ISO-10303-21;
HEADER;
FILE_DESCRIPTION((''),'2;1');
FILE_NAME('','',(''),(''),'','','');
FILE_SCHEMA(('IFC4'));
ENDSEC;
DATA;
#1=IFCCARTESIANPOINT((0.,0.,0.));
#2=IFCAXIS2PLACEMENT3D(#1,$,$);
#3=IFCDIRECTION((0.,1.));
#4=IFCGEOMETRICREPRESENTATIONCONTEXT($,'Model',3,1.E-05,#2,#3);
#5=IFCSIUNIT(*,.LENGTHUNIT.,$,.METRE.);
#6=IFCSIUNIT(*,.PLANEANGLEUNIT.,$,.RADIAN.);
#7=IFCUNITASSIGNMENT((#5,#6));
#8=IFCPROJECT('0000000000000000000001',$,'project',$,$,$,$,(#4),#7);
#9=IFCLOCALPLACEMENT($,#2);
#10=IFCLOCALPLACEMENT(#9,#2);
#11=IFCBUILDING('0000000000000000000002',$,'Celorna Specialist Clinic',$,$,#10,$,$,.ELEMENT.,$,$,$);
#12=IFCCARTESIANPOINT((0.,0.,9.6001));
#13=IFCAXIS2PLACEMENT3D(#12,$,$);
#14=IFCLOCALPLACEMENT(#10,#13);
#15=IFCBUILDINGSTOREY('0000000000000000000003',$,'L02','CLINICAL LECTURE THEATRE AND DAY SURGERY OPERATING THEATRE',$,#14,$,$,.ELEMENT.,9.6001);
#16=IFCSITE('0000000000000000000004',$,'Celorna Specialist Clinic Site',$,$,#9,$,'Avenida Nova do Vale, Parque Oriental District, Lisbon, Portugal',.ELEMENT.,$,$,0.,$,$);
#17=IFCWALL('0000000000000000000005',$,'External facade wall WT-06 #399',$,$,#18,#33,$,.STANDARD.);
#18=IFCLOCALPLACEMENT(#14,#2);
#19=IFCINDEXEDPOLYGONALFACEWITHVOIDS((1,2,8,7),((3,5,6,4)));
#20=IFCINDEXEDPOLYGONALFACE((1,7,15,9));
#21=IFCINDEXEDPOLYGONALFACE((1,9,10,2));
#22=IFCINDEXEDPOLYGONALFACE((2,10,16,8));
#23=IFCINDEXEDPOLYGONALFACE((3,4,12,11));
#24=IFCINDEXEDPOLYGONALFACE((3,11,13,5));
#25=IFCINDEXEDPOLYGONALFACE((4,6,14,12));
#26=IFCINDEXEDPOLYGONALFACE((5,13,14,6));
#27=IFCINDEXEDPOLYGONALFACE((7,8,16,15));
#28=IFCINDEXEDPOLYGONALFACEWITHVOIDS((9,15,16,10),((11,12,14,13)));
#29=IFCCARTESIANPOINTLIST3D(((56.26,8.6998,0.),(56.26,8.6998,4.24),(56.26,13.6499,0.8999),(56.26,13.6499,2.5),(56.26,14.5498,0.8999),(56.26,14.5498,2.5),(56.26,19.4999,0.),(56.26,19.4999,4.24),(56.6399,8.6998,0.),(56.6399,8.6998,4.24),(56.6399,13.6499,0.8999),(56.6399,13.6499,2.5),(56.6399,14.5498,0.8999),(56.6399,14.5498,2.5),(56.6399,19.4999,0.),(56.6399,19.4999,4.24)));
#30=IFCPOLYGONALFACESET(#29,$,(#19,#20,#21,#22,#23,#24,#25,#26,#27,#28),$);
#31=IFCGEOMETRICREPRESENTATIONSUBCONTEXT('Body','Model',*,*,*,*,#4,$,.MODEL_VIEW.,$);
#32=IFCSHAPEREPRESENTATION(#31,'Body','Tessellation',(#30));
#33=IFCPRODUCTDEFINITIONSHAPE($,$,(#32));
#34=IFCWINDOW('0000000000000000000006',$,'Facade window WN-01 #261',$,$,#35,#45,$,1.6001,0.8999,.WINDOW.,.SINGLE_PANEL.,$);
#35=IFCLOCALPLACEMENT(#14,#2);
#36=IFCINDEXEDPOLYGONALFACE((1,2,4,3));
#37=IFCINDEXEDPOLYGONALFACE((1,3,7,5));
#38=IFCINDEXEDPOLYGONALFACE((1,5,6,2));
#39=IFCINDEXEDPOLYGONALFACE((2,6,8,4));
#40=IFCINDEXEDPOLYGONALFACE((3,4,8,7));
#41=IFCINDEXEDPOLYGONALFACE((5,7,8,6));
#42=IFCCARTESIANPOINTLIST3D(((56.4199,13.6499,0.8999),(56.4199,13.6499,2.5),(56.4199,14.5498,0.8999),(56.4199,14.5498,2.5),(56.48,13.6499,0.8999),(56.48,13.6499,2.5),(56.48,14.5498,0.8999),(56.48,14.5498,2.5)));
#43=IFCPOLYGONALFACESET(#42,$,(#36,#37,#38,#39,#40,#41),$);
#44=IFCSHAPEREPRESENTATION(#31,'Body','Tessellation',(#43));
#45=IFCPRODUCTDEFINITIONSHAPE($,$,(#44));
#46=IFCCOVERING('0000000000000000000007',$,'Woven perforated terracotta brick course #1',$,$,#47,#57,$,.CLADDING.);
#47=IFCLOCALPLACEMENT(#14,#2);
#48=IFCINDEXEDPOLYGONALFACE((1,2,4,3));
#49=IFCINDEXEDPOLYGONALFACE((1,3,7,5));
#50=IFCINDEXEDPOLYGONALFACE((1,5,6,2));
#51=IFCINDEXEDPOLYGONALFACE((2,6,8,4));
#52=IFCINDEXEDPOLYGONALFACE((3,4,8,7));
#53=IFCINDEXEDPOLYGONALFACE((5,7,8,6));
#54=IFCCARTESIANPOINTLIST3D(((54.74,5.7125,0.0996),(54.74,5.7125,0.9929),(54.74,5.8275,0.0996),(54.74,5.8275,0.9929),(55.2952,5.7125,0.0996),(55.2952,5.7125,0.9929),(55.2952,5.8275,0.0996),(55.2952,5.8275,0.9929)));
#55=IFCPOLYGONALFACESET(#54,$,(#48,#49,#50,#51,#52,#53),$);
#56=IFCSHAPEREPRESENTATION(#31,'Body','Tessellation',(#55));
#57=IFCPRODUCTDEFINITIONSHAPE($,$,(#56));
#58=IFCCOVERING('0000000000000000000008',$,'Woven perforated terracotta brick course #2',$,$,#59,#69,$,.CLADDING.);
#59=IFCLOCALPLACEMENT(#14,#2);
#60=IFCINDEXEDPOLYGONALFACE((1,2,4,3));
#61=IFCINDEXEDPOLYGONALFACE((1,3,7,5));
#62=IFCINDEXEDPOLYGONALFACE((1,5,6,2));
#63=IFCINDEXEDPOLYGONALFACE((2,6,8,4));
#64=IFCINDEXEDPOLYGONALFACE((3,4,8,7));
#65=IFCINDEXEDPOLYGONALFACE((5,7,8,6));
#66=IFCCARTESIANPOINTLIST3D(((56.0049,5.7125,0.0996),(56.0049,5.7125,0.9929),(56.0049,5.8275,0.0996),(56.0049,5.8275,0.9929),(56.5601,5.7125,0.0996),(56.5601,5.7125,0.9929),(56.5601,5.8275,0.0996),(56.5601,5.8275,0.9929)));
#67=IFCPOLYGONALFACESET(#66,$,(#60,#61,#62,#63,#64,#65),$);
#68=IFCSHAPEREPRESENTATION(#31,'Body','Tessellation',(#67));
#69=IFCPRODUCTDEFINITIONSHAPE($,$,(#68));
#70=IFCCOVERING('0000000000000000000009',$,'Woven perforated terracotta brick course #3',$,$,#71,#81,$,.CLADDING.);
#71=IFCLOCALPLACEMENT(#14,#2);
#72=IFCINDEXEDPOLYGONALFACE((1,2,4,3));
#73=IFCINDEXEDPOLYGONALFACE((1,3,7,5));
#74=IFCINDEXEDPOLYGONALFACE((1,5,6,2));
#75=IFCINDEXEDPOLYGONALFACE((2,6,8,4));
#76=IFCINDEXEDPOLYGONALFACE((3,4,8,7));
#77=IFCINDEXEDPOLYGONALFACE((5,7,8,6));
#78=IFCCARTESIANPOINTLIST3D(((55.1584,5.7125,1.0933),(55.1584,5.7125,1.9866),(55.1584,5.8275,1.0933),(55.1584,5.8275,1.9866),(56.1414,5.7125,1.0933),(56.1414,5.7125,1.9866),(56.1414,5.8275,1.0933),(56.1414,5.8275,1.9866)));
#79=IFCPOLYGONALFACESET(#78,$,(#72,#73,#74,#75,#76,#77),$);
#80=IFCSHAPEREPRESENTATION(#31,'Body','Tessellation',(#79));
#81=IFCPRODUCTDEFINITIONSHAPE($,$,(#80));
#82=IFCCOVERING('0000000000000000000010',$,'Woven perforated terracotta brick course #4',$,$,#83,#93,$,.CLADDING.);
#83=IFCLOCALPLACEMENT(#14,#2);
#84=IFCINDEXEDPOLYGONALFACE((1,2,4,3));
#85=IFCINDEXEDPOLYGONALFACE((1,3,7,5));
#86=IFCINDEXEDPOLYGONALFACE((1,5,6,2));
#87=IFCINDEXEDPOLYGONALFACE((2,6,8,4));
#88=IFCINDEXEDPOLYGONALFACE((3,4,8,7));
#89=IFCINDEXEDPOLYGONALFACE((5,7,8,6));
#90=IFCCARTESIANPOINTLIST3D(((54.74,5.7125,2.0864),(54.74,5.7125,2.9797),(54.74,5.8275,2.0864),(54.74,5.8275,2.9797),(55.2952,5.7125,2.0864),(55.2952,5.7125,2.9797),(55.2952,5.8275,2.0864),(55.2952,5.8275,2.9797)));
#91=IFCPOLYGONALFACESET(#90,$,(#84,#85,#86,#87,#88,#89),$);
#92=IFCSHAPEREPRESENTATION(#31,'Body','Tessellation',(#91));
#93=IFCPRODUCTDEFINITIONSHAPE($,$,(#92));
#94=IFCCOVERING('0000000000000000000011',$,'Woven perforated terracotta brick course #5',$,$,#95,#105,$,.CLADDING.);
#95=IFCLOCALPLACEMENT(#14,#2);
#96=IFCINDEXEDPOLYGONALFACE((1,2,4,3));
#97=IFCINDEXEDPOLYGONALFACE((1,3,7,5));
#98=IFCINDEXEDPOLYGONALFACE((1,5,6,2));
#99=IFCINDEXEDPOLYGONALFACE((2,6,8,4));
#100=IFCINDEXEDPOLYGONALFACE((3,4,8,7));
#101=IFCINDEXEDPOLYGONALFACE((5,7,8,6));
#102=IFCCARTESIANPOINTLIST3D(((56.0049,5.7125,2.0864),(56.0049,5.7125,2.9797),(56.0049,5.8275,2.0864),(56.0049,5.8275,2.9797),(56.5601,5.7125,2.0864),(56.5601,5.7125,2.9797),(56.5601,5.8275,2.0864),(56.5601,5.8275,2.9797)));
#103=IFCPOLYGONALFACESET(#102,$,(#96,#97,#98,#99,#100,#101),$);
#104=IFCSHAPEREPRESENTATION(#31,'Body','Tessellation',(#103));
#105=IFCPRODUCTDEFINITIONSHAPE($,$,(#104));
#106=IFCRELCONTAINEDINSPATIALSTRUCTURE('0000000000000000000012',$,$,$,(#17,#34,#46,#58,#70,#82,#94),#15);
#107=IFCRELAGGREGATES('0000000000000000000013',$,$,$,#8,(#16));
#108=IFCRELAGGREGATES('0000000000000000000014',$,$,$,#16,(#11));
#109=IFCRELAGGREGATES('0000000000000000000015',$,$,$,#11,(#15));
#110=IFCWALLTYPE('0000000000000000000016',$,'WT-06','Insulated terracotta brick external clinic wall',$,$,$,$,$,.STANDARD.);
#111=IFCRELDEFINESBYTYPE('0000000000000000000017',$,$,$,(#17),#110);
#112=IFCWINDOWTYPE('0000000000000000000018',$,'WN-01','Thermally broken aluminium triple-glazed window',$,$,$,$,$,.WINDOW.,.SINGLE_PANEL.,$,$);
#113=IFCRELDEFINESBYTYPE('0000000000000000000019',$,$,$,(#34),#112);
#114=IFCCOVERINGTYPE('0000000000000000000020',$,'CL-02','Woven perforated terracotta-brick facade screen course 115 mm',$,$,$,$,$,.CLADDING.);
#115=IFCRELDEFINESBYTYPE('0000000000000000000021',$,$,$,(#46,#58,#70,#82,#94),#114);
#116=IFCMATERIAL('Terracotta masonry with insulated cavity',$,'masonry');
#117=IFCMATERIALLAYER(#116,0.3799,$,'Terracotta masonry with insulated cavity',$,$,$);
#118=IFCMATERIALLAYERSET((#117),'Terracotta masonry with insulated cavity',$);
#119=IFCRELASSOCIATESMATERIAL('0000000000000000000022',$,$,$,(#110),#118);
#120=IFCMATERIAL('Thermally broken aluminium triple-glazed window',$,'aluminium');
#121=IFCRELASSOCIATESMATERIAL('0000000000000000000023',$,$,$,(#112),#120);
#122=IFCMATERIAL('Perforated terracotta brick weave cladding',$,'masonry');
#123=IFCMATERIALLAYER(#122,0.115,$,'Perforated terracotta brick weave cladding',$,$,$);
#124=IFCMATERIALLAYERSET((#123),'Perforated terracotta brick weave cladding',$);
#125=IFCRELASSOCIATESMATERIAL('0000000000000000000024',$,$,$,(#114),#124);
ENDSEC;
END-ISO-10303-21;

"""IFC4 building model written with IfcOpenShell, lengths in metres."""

from ifc_helpers import new_model, si_unit, direction, frame, frame_2d, origin, origin_2d, place, context, subcontext, project, spatial, rectangle, extrude, material, layer, layer_set, type_object, element, fill, save


model = new_model("IFC4")

# Units and contexts
model_context = context("Model", 3, precision=1e-05, world=origin(), true_north=direction((0.0, 1.0)))
body_context = subcontext(model_context, "Body", "Model", "MODEL_VIEW")
ifc_project = project(units=[si_unit("LENGTHUNIT", "METRE"), si_unit("PLANEANGLEUNIT", "RADIAN")], contexts=[model_context])

# Site, building, storey
site_placement = place(None, origin())
site = spatial("IfcSite", under=ifc_project, at=site_placement, Name="Celorna Specialist Clinic Site", LongName="Avenida Nova do Vale, Parque Oriental District, Lisbon, Portugal", CompositionType="ELEMENT", RefElevation=0.0)
building_placement = place(site_placement, origin())
building = spatial("IfcBuilding", under=site, at=building_placement, Name="Celorna Specialist Clinic", CompositionType="ELEMENT")
storey_placement = place(building_placement, frame((0.0, 0.0, 9.6001)))
storey = spatial("IfcBuildingStorey", under=building, at=storey_placement, Name="L02", Description="CLINICAL LECTURE THEATRE AND DAY SURGERY OPERATING THEATRE", CompositionType="ELEMENT", Elevation=9.6001)

# Shared definitions
ifc_material_1 = material(Name="Terracotta masonry with insulated cavity", Category="masonry")
ifc_layer_1 = layer(ifc_material_1, 0.3799, Name="Terracotta masonry with insulated cavity")
ifc_layer_set_1 = layer_set([ifc_layer_1], Name="Terracotta masonry with insulated cavity")
wall_type = type_object("IfcWallType", Name="WT-06", Description="Insulated terracotta brick external clinic wall", PredefinedType="STANDARD", material=ifc_layer_set_1)

# Wall, opening, window
wall_1_placement = place(storey_placement, frame((56.45, 8.7, 0.0), z_axis=(0.0, 0.0, 1.0), x_axis=(0.0, 1.0, 0.0)))
wall_1 = element("IfcWall", 1, at=wall_1_placement, inside=storey, type_object=wall_type, Name="External facade wall WT-06 #399", PredefinedType="STANDARD", context=body_context, shape_type="SweptSolid", body=[
    extrude(rectangle(XDim=10.8, YDim=0.3799, at=frame_2d((5.3999, 0.0))), origin(), (0.0, 0.0, 1.0), 4.24),
])
opening_placement = place(wall_1_placement, frame((4.95, 0.0, 0.8999)))
opening = element("IfcOpeningElement", 2, at=opening_placement, cuts=wall_1, PredefinedType="OPENING", context=body_context, shape_type="SweptSolid", body=[
    extrude(rectangle(XDim=0.8999, YDim=1.6001, at=frame_2d((0.45, 0.8))), frame((0.0, 0.2, 0.0), z_axis=(0.0, -1.0, 0.0), x_axis=(1.0, 0.0, 0.0)), (0.0, 0.0, 1.0), 0.3999),
])
ifc_material_2 = material(Name="Thermally broken aluminium triple-glazed window", Category="aluminium")
window_type = type_object("IfcWindowType", Name="WN-01", Description="Thermally broken aluminium triple-glazed window", PartitioningType="SINGLE_PANEL", PredefinedType="WINDOW", material=ifc_material_2)
window_placement = place(opening_placement, origin())
window = element("IfcWindow", 3, at=window_placement, inside=storey, type_object=window_type, Name="Facade window WN-01 #261", OverallHeight=1.6001, OverallWidth=0.8999, PartitioningType="SINGLE_PANEL", PredefinedType="WINDOW", context=body_context, shape_type="SweptSolid", body=[
    extrude(rectangle(XDim=0.8999, YDim=1.6001, at=frame_2d((0.45, 0.8))), frame((0.0, 0.03, 0.0), z_axis=(0.0, -1.0, 0.0), x_axis=(1.0, 0.0, 0.0)), (0.0, 0.0, 1.0), 0.0601),
])
fill(opening, window)

# Coverings
ifc_material_3 = material(Name="Perforated terracotta brick weave cladding", Category="masonry")
ifc_layer_2 = layer(ifc_material_3, 0.115, Name="Perforated terracotta brick weave cladding")
ifc_layer_set_2 = layer_set([ifc_layer_2], Name="Perforated terracotta brick weave cladding")
covering_type = type_object("IfcCoveringType", Name="CL-02", Description="Woven perforated terracotta-brick facade screen course 115 mm", PredefinedType="CLADDING", material=ifc_layer_set_2)
for number, where, z_axis, x_axis, name in (
    (4, (55.0176, 5.77, 0.0996), (0.0, 0.0, 1.0), (1.0, 0.0, 0.0), "Woven perforated terracotta brick course #1"),
    (5, (56.2825, 5.77, 0.0996), (0.0, 0.0, 1.0), (1.0, 0.0, 0.0), "Woven perforated terracotta brick course #2"),
):
    element("IfcCovering", number, at=place(storey_placement, frame(where, z_axis=z_axis, x_axis=x_axis)), inside=storey, type_object=covering_type, Name=name, PredefinedType="CLADDING", context=body_context, shape_type="SweptSolid", body=[
        extrude(rectangle(XDim=0.5552, YDim=0.115, at=origin_2d()), origin(), (0.0, 0.0, 1.0), 0.8933),
    ])
covering_placement = place(storey_placement, frame((55.6499, 5.77, 1.0933), z_axis=(0.0, 0.0, 1.0), x_axis=(1.0, 0.0, 0.0)))
element("IfcCovering", 6, at=covering_placement, inside=storey, type_object=covering_type, Name="Woven perforated terracotta brick course #3", PredefinedType="CLADDING", context=body_context, shape_type="SweptSolid", body=[
    extrude(rectangle(XDim=0.9829, YDim=0.115, at=origin_2d()), origin(), (0.0, 0.0, 1.0), 0.8933),
])
for number, where, z_axis, x_axis, name in (
    (7, (55.0176, 5.77, 2.0864), (0.0, 0.0, 1.0), (1.0, 0.0, 0.0), "Woven perforated terracotta brick course #4"),
    (8, (56.2825, 5.77, 2.0864), (0.0, 0.0, 1.0), (1.0, 0.0, 0.0), "Woven perforated terracotta brick course #5"),
):
    element("IfcCovering", number, at=place(storey_placement, frame(where, z_axis=z_axis, x_axis=x_axis)), inside=storey, type_object=covering_type, Name=name, PredefinedType="CLADDING", context=body_context, shape_type="SweptSolid", body=[
        extrude(rectangle(XDim=0.5552, YDim=0.115, at=origin_2d()), origin(), (0.0, 0.0, 1.0), 0.8933),
    ])

save(model, "model.ifc")
